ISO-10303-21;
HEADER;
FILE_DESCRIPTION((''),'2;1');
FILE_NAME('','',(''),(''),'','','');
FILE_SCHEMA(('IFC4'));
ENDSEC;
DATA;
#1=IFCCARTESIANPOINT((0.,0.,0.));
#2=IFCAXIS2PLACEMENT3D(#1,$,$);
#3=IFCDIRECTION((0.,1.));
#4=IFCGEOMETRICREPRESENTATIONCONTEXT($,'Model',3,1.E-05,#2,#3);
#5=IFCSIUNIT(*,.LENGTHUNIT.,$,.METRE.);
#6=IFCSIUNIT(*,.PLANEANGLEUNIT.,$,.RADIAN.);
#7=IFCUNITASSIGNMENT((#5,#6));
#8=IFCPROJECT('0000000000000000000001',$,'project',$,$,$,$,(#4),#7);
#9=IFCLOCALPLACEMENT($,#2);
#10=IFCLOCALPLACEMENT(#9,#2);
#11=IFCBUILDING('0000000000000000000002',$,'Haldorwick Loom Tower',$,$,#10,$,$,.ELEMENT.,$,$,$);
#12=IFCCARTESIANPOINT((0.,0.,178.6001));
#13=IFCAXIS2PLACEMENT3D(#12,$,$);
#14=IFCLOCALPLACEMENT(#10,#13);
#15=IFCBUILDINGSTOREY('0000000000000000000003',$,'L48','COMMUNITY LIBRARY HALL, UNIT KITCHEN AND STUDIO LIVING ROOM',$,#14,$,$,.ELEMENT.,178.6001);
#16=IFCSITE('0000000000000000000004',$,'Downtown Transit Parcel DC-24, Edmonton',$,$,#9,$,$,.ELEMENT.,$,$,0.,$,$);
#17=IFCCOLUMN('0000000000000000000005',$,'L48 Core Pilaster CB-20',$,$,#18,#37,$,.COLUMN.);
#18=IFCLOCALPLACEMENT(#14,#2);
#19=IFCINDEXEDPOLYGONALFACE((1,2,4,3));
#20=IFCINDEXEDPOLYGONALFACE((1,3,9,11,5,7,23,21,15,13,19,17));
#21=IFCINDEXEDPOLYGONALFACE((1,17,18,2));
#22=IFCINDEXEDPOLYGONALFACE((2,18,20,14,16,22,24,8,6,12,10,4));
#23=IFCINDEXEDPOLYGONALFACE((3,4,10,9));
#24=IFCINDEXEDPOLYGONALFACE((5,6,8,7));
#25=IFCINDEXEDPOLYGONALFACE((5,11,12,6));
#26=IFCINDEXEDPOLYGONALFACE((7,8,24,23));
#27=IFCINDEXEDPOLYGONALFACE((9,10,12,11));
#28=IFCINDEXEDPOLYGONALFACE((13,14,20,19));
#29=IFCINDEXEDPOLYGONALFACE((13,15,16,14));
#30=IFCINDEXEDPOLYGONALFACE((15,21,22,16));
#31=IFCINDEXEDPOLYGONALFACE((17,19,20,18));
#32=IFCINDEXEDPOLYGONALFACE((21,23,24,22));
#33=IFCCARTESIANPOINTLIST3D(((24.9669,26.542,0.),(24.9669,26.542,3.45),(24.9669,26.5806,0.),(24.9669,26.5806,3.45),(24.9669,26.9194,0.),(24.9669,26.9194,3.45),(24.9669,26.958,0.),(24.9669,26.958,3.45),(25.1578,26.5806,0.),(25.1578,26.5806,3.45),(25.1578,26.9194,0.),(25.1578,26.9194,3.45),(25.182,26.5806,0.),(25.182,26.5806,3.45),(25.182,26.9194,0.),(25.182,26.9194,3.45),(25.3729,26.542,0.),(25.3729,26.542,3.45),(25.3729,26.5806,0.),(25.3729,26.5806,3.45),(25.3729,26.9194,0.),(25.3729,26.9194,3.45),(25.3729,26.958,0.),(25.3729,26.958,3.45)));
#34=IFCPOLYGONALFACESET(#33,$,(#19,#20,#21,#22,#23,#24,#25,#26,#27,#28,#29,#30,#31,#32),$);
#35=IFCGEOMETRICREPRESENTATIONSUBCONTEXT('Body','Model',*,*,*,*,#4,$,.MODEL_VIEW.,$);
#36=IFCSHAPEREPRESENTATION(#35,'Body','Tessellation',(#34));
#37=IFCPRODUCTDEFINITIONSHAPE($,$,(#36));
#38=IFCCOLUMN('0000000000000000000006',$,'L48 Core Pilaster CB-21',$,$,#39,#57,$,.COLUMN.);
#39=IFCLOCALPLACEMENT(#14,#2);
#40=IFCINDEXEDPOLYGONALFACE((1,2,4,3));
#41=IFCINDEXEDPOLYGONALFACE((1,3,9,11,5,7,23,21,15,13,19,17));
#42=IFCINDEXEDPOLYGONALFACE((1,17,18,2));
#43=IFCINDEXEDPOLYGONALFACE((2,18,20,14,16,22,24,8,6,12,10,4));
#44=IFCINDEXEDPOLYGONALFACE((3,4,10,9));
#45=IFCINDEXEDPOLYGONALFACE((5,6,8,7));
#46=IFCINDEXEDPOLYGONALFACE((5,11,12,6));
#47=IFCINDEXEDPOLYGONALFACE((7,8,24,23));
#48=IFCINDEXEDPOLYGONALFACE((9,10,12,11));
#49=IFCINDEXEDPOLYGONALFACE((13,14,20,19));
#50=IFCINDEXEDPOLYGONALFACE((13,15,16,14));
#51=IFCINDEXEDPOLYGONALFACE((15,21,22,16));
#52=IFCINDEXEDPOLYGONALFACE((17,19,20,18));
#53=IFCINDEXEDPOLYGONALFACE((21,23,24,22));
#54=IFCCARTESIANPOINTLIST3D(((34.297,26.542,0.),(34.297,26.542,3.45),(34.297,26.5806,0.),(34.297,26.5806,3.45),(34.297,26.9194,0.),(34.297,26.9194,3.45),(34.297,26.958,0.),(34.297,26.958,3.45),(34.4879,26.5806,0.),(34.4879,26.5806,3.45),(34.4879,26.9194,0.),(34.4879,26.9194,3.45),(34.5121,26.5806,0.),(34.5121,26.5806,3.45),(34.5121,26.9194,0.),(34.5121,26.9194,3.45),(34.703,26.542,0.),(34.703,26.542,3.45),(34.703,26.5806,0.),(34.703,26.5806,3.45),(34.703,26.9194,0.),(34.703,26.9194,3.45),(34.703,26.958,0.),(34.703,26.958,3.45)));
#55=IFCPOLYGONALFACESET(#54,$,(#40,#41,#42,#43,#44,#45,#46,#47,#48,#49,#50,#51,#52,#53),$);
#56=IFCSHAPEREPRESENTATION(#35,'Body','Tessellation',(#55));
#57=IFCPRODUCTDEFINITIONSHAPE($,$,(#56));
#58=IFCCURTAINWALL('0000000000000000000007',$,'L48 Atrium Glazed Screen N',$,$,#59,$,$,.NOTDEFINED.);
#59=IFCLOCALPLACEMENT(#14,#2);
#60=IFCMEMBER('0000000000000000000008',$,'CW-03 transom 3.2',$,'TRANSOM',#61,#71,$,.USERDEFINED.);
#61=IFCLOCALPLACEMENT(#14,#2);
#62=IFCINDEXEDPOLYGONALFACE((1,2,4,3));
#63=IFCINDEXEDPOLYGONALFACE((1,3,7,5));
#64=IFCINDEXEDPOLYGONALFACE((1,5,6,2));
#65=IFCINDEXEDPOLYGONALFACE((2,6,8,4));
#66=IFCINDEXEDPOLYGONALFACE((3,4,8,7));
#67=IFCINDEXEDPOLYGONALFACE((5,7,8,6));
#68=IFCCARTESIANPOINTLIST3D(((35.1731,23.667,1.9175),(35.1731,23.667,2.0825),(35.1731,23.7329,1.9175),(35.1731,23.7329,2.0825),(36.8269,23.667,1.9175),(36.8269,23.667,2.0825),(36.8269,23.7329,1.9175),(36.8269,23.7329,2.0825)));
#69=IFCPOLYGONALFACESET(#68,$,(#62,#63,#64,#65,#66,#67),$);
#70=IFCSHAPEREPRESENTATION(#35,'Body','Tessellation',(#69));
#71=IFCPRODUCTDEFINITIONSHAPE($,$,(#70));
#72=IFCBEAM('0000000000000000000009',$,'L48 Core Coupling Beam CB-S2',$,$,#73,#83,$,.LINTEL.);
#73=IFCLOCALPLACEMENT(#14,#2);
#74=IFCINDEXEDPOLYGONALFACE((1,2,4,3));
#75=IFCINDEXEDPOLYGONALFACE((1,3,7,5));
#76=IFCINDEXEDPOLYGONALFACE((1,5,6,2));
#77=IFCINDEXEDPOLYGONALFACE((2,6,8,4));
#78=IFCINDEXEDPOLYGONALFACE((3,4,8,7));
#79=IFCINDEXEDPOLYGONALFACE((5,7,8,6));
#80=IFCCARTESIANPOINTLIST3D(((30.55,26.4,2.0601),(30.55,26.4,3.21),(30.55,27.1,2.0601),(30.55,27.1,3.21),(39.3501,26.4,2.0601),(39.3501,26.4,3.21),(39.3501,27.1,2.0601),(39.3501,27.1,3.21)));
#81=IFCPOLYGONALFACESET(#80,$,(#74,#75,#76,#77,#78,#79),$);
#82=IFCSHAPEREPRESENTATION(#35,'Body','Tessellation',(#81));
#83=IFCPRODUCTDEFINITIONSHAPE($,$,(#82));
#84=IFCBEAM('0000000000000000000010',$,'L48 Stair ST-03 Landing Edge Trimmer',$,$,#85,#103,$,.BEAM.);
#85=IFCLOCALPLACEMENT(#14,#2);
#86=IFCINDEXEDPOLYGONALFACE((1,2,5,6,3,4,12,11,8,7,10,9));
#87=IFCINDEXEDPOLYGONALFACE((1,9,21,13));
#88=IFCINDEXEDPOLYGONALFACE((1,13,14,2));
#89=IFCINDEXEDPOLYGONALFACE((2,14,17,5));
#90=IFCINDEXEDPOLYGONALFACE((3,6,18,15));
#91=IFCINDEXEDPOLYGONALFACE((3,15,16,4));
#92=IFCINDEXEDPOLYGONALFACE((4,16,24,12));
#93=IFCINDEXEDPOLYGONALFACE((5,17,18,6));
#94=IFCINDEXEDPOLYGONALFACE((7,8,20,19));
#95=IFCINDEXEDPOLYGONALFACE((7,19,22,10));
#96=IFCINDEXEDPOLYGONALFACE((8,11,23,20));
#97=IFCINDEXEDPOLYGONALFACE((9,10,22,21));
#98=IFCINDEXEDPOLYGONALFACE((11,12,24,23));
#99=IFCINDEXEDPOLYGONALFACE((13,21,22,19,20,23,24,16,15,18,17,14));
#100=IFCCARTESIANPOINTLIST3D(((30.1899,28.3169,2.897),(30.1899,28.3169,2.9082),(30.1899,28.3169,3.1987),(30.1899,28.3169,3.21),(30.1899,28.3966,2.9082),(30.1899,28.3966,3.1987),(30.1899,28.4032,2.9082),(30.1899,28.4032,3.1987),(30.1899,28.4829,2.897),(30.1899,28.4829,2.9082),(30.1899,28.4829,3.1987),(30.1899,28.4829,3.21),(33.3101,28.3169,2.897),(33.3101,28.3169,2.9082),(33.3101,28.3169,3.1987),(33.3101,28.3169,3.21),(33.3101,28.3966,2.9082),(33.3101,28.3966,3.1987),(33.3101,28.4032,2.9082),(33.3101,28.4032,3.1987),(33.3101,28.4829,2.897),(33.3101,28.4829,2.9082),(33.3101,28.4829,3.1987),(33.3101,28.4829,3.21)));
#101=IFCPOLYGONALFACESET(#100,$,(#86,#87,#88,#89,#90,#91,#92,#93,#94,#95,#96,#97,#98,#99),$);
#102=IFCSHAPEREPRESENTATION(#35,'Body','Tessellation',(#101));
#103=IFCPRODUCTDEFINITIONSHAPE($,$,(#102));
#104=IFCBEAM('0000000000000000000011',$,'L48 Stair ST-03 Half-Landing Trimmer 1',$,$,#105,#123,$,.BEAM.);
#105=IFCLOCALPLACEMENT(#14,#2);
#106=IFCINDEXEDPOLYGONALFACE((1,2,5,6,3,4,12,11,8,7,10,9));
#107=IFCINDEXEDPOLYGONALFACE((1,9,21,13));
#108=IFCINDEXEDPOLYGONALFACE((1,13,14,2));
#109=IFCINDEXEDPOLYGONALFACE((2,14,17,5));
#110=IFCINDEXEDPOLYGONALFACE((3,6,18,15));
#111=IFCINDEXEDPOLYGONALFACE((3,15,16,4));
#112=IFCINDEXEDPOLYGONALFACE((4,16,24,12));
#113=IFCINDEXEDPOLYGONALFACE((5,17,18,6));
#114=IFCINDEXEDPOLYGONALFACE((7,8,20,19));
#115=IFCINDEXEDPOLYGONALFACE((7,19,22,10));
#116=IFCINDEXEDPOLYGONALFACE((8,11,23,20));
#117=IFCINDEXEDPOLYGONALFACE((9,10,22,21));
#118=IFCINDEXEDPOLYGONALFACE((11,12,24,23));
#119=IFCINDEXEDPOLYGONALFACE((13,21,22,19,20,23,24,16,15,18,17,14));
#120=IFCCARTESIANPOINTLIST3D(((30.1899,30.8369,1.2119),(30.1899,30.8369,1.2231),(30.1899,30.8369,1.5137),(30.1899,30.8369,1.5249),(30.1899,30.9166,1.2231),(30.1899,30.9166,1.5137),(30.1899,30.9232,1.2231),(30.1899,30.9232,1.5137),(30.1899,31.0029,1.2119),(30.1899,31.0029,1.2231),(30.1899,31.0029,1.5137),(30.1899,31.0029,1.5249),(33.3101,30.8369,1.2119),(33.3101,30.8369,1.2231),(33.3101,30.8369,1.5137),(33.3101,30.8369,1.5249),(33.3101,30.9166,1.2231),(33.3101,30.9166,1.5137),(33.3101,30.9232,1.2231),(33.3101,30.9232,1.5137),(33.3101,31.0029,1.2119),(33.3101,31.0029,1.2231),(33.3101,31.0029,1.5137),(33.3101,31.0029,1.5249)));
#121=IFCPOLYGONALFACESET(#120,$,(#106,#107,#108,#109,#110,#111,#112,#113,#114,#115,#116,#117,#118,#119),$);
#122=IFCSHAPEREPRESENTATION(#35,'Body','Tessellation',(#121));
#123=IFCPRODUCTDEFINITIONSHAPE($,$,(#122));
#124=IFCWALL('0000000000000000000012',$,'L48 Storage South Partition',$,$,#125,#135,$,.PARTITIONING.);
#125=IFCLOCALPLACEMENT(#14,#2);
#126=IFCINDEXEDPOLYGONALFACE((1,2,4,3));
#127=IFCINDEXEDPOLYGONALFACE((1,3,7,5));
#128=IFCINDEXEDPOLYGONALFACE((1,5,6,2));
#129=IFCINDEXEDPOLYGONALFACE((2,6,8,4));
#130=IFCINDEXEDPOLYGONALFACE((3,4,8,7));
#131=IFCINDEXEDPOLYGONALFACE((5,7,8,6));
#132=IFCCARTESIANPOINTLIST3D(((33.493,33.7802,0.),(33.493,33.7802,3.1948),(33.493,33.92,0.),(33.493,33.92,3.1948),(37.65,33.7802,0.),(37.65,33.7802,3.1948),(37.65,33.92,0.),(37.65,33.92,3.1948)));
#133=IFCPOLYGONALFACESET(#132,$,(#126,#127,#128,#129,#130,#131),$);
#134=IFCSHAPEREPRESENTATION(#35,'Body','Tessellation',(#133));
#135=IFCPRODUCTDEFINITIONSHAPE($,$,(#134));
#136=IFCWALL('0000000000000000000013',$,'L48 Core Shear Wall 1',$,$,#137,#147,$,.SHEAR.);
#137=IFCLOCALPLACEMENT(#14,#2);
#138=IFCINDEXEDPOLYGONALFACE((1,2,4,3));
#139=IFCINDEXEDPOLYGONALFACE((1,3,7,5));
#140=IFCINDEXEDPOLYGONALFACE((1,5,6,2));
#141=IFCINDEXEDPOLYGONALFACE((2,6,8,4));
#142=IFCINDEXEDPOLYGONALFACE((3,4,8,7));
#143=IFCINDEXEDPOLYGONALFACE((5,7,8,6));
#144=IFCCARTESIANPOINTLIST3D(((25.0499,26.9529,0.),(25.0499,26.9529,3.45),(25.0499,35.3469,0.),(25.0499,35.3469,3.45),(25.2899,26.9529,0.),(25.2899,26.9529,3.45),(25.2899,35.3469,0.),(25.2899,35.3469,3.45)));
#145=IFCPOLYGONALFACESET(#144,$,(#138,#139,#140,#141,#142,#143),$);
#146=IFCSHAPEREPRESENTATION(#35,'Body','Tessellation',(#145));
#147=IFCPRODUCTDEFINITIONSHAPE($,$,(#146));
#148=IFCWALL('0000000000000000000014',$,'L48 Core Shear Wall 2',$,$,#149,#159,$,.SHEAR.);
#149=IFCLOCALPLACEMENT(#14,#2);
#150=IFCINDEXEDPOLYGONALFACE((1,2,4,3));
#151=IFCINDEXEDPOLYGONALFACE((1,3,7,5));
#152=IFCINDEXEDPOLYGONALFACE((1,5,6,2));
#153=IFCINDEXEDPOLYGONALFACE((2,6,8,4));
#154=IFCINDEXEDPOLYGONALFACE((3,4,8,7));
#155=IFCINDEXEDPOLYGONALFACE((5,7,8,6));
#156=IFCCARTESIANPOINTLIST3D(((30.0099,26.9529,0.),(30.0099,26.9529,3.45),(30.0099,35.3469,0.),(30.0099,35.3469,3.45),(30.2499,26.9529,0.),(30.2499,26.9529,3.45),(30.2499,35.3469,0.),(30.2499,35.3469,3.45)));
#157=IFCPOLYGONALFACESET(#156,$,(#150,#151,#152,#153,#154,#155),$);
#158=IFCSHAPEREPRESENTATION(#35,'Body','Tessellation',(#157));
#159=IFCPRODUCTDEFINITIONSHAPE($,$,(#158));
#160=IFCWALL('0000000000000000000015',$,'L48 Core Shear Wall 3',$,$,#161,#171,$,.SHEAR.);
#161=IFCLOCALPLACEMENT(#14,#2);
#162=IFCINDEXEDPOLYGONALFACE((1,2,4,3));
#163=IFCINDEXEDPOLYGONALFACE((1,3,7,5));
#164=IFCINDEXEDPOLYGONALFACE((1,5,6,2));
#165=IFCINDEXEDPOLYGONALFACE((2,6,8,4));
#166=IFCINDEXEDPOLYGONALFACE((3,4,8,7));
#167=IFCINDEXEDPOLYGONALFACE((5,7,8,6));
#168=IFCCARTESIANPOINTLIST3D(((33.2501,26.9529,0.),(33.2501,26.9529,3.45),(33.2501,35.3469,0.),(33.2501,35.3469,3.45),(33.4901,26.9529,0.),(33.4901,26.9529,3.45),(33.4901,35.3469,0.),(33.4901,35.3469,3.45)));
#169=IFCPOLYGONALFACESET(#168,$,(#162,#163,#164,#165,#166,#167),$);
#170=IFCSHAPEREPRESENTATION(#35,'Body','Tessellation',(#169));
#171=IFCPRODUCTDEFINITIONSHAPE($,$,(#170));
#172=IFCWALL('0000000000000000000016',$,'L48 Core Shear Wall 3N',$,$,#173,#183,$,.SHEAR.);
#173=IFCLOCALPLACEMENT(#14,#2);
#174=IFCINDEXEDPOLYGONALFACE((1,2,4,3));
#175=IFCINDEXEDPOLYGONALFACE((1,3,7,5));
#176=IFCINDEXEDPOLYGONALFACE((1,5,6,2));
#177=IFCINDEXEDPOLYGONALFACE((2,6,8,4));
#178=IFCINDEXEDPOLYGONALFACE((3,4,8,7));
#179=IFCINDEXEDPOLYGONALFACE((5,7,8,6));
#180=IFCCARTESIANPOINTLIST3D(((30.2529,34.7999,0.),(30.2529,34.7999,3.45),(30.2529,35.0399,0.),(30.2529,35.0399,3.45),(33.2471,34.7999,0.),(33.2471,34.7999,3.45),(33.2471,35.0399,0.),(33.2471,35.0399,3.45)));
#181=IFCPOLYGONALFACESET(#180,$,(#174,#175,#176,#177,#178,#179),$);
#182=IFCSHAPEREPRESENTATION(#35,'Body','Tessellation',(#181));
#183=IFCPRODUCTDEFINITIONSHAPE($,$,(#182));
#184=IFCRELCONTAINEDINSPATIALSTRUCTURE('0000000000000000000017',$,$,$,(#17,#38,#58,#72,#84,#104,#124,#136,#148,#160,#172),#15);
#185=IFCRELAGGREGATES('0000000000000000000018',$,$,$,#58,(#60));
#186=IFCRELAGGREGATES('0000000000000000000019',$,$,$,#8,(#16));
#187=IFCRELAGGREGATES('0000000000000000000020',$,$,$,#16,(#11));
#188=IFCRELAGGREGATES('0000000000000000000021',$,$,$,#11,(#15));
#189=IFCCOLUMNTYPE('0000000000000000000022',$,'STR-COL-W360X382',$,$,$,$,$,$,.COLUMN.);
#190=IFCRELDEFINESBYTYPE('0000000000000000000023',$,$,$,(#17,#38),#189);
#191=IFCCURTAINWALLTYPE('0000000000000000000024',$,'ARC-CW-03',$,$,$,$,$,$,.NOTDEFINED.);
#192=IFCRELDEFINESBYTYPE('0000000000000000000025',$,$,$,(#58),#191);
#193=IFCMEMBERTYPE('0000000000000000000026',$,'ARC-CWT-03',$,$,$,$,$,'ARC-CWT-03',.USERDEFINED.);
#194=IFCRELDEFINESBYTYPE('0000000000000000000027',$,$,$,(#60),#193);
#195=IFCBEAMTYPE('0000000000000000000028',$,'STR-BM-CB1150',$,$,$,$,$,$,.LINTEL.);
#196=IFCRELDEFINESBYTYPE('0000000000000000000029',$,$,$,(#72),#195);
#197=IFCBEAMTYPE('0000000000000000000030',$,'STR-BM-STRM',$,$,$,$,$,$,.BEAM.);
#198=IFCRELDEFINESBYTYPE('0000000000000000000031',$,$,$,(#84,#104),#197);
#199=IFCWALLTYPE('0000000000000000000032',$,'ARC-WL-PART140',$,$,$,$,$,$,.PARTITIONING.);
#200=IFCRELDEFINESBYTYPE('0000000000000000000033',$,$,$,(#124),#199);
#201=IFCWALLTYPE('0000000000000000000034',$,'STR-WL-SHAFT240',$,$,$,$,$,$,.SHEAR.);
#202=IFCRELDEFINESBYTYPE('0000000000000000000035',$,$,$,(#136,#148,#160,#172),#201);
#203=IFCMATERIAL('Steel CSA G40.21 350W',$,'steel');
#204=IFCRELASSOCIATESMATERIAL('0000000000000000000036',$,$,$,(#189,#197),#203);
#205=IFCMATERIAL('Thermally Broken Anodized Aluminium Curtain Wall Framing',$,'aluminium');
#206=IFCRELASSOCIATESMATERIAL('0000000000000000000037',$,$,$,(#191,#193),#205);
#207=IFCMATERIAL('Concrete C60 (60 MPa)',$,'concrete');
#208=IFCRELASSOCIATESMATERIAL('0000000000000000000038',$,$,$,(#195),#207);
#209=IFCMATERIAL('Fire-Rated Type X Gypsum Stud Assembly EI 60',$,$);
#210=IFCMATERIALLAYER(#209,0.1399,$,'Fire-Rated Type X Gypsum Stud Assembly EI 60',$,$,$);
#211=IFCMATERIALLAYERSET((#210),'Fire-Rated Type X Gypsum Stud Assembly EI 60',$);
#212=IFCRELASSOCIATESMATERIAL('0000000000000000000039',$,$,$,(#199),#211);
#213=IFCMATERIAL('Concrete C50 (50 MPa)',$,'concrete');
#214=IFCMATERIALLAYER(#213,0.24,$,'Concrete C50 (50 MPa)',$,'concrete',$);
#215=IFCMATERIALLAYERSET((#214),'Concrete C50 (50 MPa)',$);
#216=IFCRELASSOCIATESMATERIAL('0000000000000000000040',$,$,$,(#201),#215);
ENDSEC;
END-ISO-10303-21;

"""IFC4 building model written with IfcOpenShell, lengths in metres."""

from ifc_helpers import new_model, si_unit, direction, frame, frame_2d, origin, origin_2d, place, context, subcontext, project, spatial, rectangle, i_section, extrude, material, layer, layer_set, material_profile, profile_set, type_object, element, aggregate, save


model = new_model("IFC4")

# Units and contexts
model_context = context("Model", 3, precision=1e-05, world=origin(), true_north=direction((0.0, 1.0)))
body_context = subcontext(model_context, "Body", "Model", "MODEL_VIEW")
ifc_project = project(units=[si_unit("LENGTHUNIT", "METRE"), si_unit("PLANEANGLEUNIT", "RADIAN")], contexts=[model_context])

# Site, building, storey
site_placement = place(None, origin())
site = spatial("IfcSite", under=ifc_project, at=site_placement, Name="Downtown Transit Parcel DC-24, Edmonton", CompositionType="ELEMENT", RefElevation=0.0)
building_placement = place(site_placement, origin())
building = spatial("IfcBuilding", under=site, at=building_placement, Name="Haldorwick Loom Tower", CompositionType="ELEMENT")
storey_placement = place(building_placement, frame((0.0, 0.0, 178.6001)))
storey = spatial("IfcBuildingStorey", under=building, at=storey_placement, Name="L48", Description="COMMUNITY LIBRARY HALL, UNIT KITCHEN AND STUDIO LIVING ROOM", CompositionType="ELEMENT", Elevation=178.6001)

# Columns
ifc_material_1 = material(Name="Steel CSA G40.21 350W", Category="steel")
ifc_material_profile_1 = material_profile(ifc_material_1, i_section(OverallWidth=0.406, OverallDepth=0.416, WebThickness=0.0242, FlangeThickness=0.0386, at=origin_2d()), Name="W360X382", Category="steel")
ifc_profile_set_1 = profile_set([ifc_material_profile_1], Name="Steel CSA G40.21 350W")
column_type = type_object("IfcColumnType", Name="STR-COL-W360X382", PredefinedType="COLUMN", material=ifc_profile_set_1)
for number, where, z_axis, x_axis, name in (
    (1, (25.1699, 26.75, 0.0), (0.0, 0.0, 1.0), (1.0, 0.0, 0.0), "L48 Core Pilaster CB-20"),
    (2, (34.5, 26.75, 0.0), (0.0, 0.0, 1.0), (1.0, 0.0, 0.0), "L48 Core Pilaster CB-21"),
):
    element("IfcColumn", number, at=place(storey_placement, frame(where, z_axis=z_axis, x_axis=x_axis)), inside=storey, type_object=column_type, Name=name, PredefinedType="COLUMN", context=body_context, shape_type="SweptSolid", body=[
        extrude(i_section(OverallWidth=0.406, OverallDepth=0.416, WebThickness=0.0242, FlangeThickness=0.0386, at=origin_2d()), origin(), (0.0, 0.0, 1.0), 3.45),
    ])

# Curtain wall, member
ifc_material_2 = material(Name="Thermally Broken Anodized Aluminium Curtain Wall Framing", Category="aluminium")
curtain_wall_type = type_object("IfcCurtainWallType", Name="ARC-CW-03", PredefinedType="NOTDEFINED", material=ifc_material_2)
curtain_wall_placement = place(storey_placement, origin())
curtain_wall = element("IfcCurtainWall", 3, at=curtain_wall_placement, inside=storey, type_object=curtain_wall_type, Name="L48 Atrium Glazed Screen N", PredefinedType="NOTDEFINED")
ifc_material_profile_2 = material_profile(ifc_material_2, rectangle(XDim=0.0659, YDim=0.165, at=origin_2d()), Name="ALU_TRN_66X165", Category="aluminium")
ifc_profile_set_2 = profile_set([ifc_material_profile_2], Name="Thermally Broken Anodized Aluminium Curtain Wall Framing")
member_type = type_object("IfcMemberType", Name="ARC-CWT-03", ElementType="ARC-CWT-03", PredefinedType="USERDEFINED", material=ifc_profile_set_2)
member_placement = place(storey_placement, frame((35.1731, 23.7, 2.0), z_axis=(1.0, 0.0, 0.0), x_axis=(0.0, 1.0, 0.0)))
member = element("IfcMember", 4, at=member_placement, type_object=member_type, Name="CW-03 transom 3.2", ObjectType="TRANSOM", PredefinedType="USERDEFINED", context=body_context, shape_type="SweptSolid", body=[
    extrude(rectangle(XDim=0.0659, YDim=0.165, at=origin_2d()), origin(), (0.0, 0.0, 1.0), 1.6538),
])
aggregate(curtain_wall, [member])

# Beams
ifc_material_3 = material(Name="Concrete C60 (60 MPa)", Category="concrete")
ifc_material_profile_3 = material_profile(ifc_material_3, rectangle(XDim=0.7, YDim=1.1499, at=origin_2d()), Name="RC700X1150", Category="concrete")
ifc_profile_set_3 = profile_set([ifc_material_profile_3], Name="Concrete C60 (60 MPa)")
beam_type_1 = type_object("IfcBeamType", Name="STR-BM-CB1150", PredefinedType="LINTEL", material=ifc_profile_set_3)
beam_placement = place(storey_placement, frame((30.55, 26.75, 2.635), z_axis=(1.0, 0.0, 0.0), x_axis=(0.0, 1.0, 0.0)))
element("IfcBeam", 5, at=beam_placement, inside=storey, type_object=beam_type_1, Name="L48 Core Coupling Beam CB-S2", PredefinedType="LINTEL", context=body_context, shape_type="SweptSolid", body=[
    extrude(rectangle(XDim=0.7, YDim=1.1499, at=origin_2d()), origin(), (0.0, 0.0, 1.0), 8.8),
])
ifc_material_profile_4 = material_profile(ifc_material_1, i_section(OverallWidth=0.166, OverallDepth=0.313, WebThickness=0.0066, FlangeThickness=0.0112, at=origin_2d()), Name="W310X45", Category="steel")
ifc_profile_set_4 = profile_set([ifc_material_profile_4], Name="Steel CSA G40.21 350W")
beam_type_2 = type_object("IfcBeamType", Name="STR-BM-STRM", PredefinedType="BEAM", material=ifc_profile_set_4)
for number, where, z_axis, x_axis, name in (
    (6, (30.1899, 28.3999, 3.0535), (1.0, 0.0, 0.0), (0.0, 1.0, 0.0), "L48 Stair ST-03 Landing Edge Trimmer"),
    (7, (30.1899, 30.9199, 1.3684), (1.0, 0.0, 0.0), (0.0, 1.0, 0.0), "L48 Stair ST-03 Half-Landing Trimmer 1"),
):
    element("IfcBeam", number, at=place(storey_placement, frame(where, z_axis=z_axis, x_axis=x_axis)), inside=storey, type_object=beam_type_2, Name=name, PredefinedType="BEAM", context=body_context, shape_type="SweptSolid", body=[
        extrude(i_section(OverallWidth=0.166, OverallDepth=0.313, WebThickness=0.0066, FlangeThickness=0.0112, at=origin_2d()), origin(), (0.0, 0.0, 1.0), 3.1201),
    ])

# Walls
ifc_material_4 = material(Name="Fire-Rated Type X Gypsum Stud Assembly EI 60")
ifc_layer_1 = layer(ifc_material_4, 0.1399, Name="Fire-Rated Type X Gypsum Stud Assembly EI 60")
ifc_layer_set_1 = layer_set([ifc_layer_1], Name="Fire-Rated Type X Gypsum Stud Assembly EI 60")
wall_type_1 = type_object("IfcWallType", Name="ARC-WL-PART140", PredefinedType="PARTITIONING", material=ifc_layer_set_1)
wall_1_placement = place(storey_placement, frame((33.4929, 33.8501, 0.0), z_axis=(0.0, 0.0, 1.0), x_axis=(1.0, 0.0, 0.0)))
element("IfcWall", 8, at=wall_1_placement, inside=storey, type_object=wall_type_1, Name="L48 Storage South Partition", PredefinedType="PARTITIONING", context=body_context, shape_type="SweptSolid", body=[
    extrude(rectangle(XDim=4.157, YDim=0.1399, at=frame_2d((2.0786, 0.0))), origin(), (0.0, 0.0, 1.0), 3.1948),
])
ifc_material_5 = material(Name="Concrete C50 (50 MPa)", Category="concrete")
ifc_layer_2 = layer(ifc_material_5, 0.24, Name="Concrete C50 (50 MPa)", Category="concrete")
ifc_layer_set_2 = layer_set([ifc_layer_2], Name="Concrete C50 (50 MPa)")
wall_type_2 = type_object("IfcWallType", Name="STR-WL-SHAFT240", PredefinedType="SHEAR", material=ifc_layer_set_2)
for number, where, z_axis, x_axis, name in (
    (9, (25.1699, 26.9529, 0.0), (0.0, 0.0, 1.0), (0.0, 1.0, 0.0), "L48 Core Shear Wall 1"),
    (10, (30.1299, 26.9529, 0.0), (0.0, 0.0, 1.0), (0.0, 1.0, 0.0), "L48 Core Shear Wall 2"),
    (11, (33.3701, 26.9529, 0.0), (0.0, 0.0, 1.0), (0.0, 1.0, 0.0), "L48 Core Shear Wall 3"),
):
    element("IfcWall", number, at=place(storey_placement, frame(where, z_axis=z_axis, x_axis=x_axis)), inside=storey, type_object=wall_type_2, Name=name, PredefinedType="SHEAR", context=body_context, shape_type="SweptSolid", body=[
        extrude(rectangle(XDim=8.394, YDim=0.24, at=frame_2d((4.197, 0.0))), origin(), (0.0, 0.0, 1.0), 3.45),
    ])
wall_2_placement = place(storey_placement, frame((30.2529, 34.9199, 0.0), z_axis=(0.0, 0.0, 1.0), x_axis=(1.0, 0.0, 0.0)))
element("IfcWall", 12, at=wall_2_placement, inside=storey, type_object=wall_type_2, Name="L48 Core Shear Wall 3N", PredefinedType="SHEAR", context=body_context, shape_type="SweptSolid", body=[
    extrude(rectangle(XDim=2.9941, YDim=0.24, at=frame_2d((1.4971, 0.0))), origin(), (0.0, 0.0, 1.0), 3.45),
])

save(model, "model.ifc")
